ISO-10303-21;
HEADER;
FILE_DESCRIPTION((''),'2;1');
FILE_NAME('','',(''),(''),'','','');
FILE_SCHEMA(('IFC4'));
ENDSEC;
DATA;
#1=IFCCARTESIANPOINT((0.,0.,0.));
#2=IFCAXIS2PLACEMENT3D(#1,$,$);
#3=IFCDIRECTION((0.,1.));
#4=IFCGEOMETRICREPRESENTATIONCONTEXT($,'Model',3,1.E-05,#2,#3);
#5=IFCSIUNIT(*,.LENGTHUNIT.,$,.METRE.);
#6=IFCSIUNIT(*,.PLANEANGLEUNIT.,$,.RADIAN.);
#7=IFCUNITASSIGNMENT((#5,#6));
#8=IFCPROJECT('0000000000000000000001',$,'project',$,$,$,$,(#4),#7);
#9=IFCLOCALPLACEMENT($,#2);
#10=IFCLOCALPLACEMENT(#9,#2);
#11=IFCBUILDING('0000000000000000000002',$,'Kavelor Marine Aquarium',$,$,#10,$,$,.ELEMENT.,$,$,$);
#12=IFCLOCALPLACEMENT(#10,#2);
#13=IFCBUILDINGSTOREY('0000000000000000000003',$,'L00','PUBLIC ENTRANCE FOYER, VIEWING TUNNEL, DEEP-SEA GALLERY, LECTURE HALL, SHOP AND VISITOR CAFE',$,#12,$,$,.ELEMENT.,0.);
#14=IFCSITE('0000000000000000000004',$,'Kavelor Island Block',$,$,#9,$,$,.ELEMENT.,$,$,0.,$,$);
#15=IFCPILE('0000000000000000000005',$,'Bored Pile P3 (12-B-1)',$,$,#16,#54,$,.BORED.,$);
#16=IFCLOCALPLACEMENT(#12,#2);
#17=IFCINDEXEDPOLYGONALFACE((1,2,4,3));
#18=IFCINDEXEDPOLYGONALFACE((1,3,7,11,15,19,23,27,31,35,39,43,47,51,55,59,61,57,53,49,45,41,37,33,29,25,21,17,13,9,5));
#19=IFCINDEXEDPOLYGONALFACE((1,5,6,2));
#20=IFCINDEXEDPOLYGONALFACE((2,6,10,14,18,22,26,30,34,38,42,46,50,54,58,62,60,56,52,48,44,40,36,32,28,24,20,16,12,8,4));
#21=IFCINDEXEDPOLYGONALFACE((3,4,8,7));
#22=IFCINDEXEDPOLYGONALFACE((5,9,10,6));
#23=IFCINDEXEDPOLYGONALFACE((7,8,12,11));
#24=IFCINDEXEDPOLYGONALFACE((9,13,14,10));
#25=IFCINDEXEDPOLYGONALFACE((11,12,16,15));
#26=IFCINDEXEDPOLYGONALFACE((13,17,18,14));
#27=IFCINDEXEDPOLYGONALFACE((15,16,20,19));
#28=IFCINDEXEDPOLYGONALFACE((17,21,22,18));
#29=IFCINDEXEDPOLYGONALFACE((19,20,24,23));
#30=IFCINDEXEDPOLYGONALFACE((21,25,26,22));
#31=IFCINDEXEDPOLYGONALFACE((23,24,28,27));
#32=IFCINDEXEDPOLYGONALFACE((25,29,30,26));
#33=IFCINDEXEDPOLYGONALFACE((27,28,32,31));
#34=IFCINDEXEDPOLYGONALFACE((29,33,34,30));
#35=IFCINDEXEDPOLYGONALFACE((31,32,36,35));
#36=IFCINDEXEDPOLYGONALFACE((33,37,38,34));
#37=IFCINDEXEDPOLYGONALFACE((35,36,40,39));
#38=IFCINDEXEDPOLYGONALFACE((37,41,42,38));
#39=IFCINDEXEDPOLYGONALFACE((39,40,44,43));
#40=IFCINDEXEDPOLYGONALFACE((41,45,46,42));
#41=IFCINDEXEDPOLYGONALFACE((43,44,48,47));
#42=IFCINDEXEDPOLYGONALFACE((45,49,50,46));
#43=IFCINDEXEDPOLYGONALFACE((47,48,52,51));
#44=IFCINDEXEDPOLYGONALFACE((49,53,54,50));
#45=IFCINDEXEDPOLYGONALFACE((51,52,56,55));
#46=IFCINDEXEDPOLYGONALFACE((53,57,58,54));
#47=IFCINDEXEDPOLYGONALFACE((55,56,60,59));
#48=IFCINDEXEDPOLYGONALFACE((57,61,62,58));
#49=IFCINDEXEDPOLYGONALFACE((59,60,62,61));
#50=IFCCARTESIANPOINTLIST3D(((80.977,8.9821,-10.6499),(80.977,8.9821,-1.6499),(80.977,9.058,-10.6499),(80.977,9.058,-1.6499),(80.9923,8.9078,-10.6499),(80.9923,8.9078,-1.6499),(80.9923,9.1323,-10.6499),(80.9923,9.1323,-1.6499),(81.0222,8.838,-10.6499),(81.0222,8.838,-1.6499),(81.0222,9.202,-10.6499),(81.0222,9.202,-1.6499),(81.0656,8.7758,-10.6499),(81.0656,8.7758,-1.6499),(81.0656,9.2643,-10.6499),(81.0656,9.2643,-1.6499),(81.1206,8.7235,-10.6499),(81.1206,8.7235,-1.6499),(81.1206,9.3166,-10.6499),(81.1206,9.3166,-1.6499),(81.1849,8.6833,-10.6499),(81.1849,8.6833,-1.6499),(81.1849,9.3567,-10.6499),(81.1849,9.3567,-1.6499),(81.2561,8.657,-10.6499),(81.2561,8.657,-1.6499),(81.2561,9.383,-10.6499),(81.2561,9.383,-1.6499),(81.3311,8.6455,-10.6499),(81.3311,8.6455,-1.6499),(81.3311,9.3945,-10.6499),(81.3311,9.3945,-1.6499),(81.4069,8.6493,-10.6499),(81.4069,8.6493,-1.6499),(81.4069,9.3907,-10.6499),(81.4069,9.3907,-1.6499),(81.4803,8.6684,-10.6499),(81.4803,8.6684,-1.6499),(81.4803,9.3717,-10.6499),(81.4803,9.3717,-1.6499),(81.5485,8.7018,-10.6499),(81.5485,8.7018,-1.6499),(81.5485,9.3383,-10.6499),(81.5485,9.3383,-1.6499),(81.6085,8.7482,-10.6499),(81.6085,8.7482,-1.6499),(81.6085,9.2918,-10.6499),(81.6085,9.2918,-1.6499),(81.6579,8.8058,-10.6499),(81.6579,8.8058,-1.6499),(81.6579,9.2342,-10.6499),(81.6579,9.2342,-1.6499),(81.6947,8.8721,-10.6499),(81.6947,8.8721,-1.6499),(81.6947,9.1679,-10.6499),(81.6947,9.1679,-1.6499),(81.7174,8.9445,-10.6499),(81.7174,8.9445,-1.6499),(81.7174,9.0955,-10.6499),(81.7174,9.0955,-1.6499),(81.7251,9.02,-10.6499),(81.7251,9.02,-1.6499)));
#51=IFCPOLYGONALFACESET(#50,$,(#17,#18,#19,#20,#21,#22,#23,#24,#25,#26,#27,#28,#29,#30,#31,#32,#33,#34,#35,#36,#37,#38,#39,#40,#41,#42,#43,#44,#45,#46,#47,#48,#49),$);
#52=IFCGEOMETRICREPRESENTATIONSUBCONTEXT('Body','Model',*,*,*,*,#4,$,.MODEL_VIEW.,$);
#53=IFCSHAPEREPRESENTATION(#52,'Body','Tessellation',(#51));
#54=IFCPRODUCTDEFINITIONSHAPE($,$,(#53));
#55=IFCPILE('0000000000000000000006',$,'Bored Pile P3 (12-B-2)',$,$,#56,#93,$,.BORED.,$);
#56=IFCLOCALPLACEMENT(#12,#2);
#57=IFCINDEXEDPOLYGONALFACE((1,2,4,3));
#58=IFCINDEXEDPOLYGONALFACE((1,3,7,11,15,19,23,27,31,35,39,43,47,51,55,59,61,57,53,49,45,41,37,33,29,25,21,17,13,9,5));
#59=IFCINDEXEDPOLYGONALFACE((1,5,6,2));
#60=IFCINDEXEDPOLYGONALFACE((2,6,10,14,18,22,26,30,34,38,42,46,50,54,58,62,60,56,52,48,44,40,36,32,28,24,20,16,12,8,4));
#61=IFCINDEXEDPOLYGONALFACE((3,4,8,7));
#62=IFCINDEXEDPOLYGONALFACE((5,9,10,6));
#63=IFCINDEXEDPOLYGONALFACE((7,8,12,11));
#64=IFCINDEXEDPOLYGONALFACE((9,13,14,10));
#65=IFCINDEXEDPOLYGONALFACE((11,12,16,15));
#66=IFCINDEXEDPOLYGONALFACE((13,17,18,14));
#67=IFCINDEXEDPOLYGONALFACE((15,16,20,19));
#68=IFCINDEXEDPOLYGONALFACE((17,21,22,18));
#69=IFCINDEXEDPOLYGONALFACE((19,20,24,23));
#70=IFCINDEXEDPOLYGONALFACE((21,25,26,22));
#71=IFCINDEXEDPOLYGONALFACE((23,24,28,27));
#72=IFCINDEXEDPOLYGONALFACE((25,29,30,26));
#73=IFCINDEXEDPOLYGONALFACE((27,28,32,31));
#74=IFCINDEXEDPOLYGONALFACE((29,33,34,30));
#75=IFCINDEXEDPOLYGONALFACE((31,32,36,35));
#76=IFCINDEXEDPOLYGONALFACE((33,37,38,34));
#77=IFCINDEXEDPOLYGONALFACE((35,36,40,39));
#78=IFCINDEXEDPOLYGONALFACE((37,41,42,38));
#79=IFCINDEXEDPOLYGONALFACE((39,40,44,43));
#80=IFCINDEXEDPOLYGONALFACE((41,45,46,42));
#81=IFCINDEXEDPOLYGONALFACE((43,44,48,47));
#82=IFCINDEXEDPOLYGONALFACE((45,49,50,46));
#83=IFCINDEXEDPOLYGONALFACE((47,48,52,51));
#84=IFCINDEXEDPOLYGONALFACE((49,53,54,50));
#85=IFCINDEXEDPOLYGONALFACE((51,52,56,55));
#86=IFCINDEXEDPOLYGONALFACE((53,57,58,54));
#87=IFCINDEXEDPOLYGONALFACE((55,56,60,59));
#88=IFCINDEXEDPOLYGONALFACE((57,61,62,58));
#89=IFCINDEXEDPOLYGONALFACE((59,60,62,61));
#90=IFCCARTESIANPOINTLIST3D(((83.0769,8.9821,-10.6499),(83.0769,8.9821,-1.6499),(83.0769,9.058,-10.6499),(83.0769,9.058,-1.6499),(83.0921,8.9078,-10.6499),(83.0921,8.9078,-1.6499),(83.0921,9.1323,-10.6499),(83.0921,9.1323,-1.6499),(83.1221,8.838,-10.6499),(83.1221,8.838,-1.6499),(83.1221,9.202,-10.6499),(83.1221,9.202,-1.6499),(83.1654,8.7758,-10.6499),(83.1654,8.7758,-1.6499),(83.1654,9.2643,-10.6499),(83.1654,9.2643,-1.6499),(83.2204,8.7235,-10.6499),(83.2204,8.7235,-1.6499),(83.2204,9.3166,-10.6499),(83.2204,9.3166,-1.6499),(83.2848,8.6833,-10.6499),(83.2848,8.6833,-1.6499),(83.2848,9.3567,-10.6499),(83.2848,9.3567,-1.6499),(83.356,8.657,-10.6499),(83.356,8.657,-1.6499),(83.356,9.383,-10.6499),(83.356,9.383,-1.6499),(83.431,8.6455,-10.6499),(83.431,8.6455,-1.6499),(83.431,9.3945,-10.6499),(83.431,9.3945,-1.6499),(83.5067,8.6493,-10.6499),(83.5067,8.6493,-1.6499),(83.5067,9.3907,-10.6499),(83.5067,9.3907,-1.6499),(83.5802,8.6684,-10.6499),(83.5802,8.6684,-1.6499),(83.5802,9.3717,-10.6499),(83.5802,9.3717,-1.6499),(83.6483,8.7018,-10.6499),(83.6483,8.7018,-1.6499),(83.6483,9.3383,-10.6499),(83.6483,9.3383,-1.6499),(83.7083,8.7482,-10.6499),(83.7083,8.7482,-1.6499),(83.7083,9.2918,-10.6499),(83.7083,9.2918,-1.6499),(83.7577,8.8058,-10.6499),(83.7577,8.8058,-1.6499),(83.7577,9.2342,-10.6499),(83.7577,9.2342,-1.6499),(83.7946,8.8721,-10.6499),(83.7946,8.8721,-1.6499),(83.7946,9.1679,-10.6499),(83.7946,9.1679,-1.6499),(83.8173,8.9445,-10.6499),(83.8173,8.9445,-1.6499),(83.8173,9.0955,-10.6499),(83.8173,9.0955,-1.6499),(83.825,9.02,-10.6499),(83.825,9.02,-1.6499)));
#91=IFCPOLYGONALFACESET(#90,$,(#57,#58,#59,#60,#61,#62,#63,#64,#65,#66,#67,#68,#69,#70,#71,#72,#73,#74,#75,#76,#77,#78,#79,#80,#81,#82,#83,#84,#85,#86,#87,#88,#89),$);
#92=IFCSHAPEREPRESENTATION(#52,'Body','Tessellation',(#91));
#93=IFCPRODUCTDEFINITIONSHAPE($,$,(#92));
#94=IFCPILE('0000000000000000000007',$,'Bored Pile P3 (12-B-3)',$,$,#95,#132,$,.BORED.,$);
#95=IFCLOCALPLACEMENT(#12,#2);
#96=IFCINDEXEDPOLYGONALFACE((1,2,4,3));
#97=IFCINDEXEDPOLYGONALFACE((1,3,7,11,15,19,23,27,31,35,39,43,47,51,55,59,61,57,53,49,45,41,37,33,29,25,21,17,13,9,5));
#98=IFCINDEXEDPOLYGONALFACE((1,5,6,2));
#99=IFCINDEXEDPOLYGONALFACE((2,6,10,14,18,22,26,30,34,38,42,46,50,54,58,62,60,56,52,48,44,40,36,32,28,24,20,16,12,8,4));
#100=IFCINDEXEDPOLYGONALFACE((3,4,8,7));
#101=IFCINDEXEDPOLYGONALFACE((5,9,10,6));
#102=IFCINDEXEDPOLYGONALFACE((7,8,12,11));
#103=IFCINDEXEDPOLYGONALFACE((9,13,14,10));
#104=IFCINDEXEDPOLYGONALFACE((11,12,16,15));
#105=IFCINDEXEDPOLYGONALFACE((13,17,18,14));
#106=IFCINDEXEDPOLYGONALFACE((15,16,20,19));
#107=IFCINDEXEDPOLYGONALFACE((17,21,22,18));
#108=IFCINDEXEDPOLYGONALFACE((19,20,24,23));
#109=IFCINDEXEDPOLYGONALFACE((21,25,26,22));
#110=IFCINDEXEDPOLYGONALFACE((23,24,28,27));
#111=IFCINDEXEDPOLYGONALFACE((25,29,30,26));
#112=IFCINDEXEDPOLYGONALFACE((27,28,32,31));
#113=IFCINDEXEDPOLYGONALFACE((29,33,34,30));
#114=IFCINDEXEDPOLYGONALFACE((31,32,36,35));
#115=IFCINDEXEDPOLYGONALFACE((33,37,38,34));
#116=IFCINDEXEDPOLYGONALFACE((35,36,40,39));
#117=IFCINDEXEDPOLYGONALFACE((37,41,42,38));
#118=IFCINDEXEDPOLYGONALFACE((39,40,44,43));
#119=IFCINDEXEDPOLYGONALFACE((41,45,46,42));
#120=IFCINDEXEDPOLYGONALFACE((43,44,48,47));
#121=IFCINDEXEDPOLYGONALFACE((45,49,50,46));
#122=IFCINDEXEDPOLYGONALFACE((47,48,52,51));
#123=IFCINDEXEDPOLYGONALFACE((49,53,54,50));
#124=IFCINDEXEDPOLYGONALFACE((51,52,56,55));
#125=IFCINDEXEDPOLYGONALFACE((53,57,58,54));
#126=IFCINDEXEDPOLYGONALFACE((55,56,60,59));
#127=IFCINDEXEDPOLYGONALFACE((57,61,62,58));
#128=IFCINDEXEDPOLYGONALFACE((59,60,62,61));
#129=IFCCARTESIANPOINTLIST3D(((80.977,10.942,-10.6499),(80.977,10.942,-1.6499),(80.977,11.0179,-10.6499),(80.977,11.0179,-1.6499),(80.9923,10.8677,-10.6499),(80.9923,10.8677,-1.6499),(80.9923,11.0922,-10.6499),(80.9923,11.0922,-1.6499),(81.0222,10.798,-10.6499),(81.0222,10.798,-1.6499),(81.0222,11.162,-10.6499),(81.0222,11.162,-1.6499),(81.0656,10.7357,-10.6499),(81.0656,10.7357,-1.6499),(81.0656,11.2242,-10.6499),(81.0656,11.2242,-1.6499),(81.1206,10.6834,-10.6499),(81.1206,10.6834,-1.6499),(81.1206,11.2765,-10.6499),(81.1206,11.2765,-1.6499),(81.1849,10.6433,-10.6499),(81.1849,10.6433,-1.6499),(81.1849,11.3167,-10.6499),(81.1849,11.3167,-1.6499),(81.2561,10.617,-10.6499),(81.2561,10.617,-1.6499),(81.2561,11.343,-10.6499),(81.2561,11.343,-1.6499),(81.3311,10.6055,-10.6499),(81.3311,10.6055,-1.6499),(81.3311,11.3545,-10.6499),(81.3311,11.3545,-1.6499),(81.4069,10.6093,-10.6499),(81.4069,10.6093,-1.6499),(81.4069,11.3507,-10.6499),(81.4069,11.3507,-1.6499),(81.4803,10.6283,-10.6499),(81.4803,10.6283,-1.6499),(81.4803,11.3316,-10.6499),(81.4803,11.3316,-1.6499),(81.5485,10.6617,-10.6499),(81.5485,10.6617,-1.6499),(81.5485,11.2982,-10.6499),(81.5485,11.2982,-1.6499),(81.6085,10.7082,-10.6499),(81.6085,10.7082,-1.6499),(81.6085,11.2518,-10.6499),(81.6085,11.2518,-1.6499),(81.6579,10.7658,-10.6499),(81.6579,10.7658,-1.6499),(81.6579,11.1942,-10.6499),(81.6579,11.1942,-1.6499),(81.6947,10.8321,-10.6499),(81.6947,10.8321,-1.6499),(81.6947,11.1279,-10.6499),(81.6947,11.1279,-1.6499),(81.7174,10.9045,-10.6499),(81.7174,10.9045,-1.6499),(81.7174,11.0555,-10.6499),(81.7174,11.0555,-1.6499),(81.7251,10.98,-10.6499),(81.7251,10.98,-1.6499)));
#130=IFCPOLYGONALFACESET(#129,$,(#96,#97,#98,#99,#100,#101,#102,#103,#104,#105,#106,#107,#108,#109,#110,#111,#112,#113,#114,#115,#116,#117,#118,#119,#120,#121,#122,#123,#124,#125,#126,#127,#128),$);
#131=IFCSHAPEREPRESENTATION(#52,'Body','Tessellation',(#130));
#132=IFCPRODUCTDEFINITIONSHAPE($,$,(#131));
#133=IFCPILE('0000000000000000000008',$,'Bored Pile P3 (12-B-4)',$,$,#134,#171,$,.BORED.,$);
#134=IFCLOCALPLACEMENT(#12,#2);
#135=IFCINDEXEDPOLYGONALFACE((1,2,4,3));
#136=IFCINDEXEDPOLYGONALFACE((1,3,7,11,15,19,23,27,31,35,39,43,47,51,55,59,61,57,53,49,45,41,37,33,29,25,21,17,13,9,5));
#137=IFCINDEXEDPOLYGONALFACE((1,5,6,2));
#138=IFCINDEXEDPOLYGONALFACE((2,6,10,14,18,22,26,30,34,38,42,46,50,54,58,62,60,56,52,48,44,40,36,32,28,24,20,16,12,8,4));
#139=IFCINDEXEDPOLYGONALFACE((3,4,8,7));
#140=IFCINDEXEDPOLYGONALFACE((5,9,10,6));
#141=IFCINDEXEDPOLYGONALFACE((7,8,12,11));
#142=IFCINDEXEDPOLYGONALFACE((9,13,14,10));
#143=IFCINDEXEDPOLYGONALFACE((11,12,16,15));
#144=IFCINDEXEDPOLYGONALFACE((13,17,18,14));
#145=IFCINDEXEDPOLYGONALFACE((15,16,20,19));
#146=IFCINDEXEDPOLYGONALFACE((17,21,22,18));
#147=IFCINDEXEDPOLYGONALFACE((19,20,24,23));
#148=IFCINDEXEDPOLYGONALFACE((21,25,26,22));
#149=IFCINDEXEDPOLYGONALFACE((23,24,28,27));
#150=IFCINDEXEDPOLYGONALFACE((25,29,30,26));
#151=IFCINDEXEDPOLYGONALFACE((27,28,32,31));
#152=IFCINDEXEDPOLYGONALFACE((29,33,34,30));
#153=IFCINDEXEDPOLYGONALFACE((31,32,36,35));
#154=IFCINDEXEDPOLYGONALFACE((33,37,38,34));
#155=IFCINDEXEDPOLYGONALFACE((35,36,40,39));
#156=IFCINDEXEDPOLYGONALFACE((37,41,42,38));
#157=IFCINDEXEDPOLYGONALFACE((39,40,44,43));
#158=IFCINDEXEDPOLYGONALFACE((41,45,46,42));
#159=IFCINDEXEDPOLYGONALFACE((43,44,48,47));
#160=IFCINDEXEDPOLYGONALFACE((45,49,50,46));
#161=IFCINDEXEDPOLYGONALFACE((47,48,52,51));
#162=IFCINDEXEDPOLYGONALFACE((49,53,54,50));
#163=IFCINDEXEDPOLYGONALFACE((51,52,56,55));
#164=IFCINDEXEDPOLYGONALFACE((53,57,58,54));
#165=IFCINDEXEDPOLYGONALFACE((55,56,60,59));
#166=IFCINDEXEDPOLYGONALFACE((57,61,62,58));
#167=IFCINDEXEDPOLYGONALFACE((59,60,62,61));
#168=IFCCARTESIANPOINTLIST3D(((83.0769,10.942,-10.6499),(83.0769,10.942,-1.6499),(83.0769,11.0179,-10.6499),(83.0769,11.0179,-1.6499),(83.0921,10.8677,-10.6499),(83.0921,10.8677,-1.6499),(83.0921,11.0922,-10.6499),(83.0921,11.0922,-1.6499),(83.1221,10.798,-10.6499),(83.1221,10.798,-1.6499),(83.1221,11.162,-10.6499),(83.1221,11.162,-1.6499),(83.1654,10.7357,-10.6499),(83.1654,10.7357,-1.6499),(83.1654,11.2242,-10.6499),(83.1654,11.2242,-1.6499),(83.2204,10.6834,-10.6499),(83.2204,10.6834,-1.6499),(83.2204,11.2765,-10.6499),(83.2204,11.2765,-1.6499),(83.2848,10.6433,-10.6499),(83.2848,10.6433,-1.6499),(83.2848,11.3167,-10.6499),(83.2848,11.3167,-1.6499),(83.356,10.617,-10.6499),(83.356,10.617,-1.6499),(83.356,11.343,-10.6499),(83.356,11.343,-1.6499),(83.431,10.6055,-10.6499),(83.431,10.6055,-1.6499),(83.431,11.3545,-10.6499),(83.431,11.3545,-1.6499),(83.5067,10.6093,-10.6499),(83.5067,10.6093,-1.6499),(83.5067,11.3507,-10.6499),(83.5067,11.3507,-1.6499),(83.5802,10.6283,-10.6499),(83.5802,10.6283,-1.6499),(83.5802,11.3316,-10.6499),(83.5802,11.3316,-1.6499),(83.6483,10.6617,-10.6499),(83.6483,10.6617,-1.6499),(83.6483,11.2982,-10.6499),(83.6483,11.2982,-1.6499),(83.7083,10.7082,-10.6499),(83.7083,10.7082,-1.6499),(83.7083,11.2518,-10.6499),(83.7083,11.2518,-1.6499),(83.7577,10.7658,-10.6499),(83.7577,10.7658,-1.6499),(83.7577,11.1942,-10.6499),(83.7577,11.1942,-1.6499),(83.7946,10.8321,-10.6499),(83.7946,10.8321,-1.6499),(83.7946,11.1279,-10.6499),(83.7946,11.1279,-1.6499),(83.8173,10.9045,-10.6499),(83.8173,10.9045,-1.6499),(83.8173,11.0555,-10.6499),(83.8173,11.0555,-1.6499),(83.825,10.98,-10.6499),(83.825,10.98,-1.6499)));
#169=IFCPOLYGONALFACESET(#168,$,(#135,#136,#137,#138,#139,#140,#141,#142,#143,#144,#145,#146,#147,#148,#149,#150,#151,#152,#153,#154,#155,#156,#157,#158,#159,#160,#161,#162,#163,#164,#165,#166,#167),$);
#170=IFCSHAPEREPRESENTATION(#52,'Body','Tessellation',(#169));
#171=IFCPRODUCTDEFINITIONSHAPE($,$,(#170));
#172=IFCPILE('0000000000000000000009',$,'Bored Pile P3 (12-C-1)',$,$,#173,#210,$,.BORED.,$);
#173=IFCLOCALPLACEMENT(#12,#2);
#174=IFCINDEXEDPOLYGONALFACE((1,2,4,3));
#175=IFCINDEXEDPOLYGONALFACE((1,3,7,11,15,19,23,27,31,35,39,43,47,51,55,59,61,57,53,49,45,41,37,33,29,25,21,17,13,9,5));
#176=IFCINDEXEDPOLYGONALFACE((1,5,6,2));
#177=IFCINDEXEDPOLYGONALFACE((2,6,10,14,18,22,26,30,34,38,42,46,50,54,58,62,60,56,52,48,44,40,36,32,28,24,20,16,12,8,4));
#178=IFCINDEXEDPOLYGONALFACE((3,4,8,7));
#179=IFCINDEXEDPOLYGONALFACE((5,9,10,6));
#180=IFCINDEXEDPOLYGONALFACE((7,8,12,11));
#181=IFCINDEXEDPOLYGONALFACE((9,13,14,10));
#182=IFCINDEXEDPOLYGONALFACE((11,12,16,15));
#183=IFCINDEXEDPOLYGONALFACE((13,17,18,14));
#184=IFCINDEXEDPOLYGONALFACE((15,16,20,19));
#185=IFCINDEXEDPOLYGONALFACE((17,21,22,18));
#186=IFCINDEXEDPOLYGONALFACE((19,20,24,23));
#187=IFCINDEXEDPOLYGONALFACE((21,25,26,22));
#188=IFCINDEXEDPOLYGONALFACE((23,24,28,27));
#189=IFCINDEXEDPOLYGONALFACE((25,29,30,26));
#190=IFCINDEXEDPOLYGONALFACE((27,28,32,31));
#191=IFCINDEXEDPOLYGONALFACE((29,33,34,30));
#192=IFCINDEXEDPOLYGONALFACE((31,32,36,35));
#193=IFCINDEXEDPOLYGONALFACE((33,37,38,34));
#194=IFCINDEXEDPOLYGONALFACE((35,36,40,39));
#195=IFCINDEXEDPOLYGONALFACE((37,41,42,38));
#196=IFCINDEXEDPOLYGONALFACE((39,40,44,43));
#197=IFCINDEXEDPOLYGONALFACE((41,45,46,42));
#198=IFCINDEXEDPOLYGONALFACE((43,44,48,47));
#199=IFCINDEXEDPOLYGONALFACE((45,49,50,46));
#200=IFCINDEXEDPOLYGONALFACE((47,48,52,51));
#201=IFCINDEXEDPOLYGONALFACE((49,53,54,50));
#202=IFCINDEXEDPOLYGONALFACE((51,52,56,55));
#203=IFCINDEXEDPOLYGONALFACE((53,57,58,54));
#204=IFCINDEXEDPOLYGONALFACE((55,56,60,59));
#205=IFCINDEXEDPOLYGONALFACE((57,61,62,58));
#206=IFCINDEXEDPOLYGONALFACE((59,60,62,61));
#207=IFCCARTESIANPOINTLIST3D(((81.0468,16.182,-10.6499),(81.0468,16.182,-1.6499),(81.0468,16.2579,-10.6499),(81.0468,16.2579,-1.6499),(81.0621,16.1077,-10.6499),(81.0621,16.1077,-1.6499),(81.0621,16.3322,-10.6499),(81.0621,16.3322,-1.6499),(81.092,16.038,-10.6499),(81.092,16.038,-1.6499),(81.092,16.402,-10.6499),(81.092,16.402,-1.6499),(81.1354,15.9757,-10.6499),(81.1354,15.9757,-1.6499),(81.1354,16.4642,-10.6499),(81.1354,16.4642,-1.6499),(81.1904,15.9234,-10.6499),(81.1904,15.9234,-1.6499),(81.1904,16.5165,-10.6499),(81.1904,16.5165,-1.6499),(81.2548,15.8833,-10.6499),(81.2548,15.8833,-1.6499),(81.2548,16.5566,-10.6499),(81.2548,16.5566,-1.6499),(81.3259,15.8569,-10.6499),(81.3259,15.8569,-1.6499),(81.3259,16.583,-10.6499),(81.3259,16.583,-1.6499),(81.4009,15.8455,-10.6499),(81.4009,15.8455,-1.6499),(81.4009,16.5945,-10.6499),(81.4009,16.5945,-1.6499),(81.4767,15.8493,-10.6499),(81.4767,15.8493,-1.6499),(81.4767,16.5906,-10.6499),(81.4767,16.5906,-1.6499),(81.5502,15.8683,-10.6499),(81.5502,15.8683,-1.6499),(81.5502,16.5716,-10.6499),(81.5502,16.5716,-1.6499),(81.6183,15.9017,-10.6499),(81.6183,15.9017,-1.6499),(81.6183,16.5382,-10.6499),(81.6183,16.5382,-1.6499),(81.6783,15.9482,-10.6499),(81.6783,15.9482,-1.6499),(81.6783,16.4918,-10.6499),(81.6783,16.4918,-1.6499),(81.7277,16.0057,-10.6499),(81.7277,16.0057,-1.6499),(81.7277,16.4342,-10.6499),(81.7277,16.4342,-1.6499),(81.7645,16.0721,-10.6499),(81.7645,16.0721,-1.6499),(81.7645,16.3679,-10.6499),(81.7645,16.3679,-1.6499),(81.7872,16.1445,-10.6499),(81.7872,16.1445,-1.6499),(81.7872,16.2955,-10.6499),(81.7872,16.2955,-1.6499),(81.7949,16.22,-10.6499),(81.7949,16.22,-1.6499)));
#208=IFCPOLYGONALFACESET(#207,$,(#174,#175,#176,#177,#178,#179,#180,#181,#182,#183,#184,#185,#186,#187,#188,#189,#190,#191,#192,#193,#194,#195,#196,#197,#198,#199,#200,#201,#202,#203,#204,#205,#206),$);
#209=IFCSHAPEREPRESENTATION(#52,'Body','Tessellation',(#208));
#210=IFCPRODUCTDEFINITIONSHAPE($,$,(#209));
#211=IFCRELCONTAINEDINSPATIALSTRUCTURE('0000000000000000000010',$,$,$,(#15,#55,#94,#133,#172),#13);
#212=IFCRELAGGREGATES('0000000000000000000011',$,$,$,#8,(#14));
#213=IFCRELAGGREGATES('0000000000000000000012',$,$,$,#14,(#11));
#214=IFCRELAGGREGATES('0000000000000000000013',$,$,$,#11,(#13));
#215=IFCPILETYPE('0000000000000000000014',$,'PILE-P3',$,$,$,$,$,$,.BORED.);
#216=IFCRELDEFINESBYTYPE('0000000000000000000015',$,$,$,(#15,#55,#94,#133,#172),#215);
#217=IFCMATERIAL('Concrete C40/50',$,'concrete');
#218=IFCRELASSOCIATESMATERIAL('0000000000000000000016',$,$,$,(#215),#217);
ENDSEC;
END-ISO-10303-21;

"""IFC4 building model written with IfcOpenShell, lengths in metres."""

from ifc_helpers import new_model, si_unit, direction, frame, origin, origin_2d, place, context, subcontext, project, spatial, circle, extrude, material, material_profile, profile_set, type_object, element, save


model = new_model("IFC4")

# Units and contexts
model_context = context("Model", 3, precision=1e-05, world=origin(), true_north=direction((0.0, 1.0)))
body_context = subcontext(model_context, "Body", "Model", "MODEL_VIEW")
ifc_project = project(units=[si_unit("LENGTHUNIT", "METRE"), si_unit("PLANEANGLEUNIT", "RADIAN")], contexts=[model_context])

# Site, building, storey
site_placement = place(None, origin())
site = spatial("IfcSite", under=ifc_project, at=site_placement, Name="Kavelor Island Block", CompositionType="ELEMENT", RefElevation=0.0)
building_placement = place(site_placement, origin())
building = spatial("IfcBuilding", under=site, at=building_placement, Name="Kavelor Marine Aquarium", CompositionType="ELEMENT")
storey_placement = place(building_placement, origin())
storey = spatial("IfcBuildingStorey", under=building, at=storey_placement, Name="L00", Description="PUBLIC ENTRANCE FOYER, VIEWING TUNNEL, DEEP-SEA GALLERY, LECTURE HALL, SHOP AND VISITOR CAFE", CompositionType="ELEMENT", Elevation=0.0)

# Piles
ifc_material_1 = material(Name="Concrete C40/50", Category="concrete")
ifc_material_profile_1 = material_profile(ifc_material_1, circle(Radius=0.375, at=origin_2d()), Name="PILE D750")
ifc_profile_set_1 = profile_set([ifc_material_profile_1], Name="Concrete C40/50")
pile_type_1 = type_object("IfcPileType", Name="PILE-P3", PredefinedType="BORED", material=ifc_profile_set_1)
for number, where, z_axis, x_axis, name in (
    (1, (81.3501, 9.02, -1.6499), (0.0, 0.0, -1.0), (1.0, 0.0, 0.0), "Bored Pile P3 (12-B-1)"),
    (2, (83.45, 9.02, -1.6499), (0.0, 0.0, -1.0), (1.0, 0.0, 0.0), "Bored Pile P3 (12-B-2)"),
    (3, (81.3501, 10.98, -1.6499), (0.0, 0.0, -1.0), (1.0, 0.0, 0.0), "Bored Pile P3 (12-B-3)"),
    (4, (83.45, 10.98, -1.6499), (0.0, 0.0, -1.0), (1.0, 0.0, 0.0), "Bored Pile P3 (12-B-4)"),
    (5, (81.4199, 16.22, -1.6499), (0.0, 0.0, -1.0), (1.0, 0.0, 0.0), "Bored Pile P3 (12-C-1)"),
):
    element("IfcPile", number, at=place(storey_placement, frame(where, z_axis=z_axis, x_axis=x_axis)), inside=storey, type_object=pile_type_1, Name=name, PredefinedType="BORED", context=body_context, shape_type="SweptSolid", body=[
        extrude(circle(Radius=0.375, at=origin_2d()), origin(), (0.0, 0.0, 1.0), 9.0),
    ])

save(model, "model.ifc")
